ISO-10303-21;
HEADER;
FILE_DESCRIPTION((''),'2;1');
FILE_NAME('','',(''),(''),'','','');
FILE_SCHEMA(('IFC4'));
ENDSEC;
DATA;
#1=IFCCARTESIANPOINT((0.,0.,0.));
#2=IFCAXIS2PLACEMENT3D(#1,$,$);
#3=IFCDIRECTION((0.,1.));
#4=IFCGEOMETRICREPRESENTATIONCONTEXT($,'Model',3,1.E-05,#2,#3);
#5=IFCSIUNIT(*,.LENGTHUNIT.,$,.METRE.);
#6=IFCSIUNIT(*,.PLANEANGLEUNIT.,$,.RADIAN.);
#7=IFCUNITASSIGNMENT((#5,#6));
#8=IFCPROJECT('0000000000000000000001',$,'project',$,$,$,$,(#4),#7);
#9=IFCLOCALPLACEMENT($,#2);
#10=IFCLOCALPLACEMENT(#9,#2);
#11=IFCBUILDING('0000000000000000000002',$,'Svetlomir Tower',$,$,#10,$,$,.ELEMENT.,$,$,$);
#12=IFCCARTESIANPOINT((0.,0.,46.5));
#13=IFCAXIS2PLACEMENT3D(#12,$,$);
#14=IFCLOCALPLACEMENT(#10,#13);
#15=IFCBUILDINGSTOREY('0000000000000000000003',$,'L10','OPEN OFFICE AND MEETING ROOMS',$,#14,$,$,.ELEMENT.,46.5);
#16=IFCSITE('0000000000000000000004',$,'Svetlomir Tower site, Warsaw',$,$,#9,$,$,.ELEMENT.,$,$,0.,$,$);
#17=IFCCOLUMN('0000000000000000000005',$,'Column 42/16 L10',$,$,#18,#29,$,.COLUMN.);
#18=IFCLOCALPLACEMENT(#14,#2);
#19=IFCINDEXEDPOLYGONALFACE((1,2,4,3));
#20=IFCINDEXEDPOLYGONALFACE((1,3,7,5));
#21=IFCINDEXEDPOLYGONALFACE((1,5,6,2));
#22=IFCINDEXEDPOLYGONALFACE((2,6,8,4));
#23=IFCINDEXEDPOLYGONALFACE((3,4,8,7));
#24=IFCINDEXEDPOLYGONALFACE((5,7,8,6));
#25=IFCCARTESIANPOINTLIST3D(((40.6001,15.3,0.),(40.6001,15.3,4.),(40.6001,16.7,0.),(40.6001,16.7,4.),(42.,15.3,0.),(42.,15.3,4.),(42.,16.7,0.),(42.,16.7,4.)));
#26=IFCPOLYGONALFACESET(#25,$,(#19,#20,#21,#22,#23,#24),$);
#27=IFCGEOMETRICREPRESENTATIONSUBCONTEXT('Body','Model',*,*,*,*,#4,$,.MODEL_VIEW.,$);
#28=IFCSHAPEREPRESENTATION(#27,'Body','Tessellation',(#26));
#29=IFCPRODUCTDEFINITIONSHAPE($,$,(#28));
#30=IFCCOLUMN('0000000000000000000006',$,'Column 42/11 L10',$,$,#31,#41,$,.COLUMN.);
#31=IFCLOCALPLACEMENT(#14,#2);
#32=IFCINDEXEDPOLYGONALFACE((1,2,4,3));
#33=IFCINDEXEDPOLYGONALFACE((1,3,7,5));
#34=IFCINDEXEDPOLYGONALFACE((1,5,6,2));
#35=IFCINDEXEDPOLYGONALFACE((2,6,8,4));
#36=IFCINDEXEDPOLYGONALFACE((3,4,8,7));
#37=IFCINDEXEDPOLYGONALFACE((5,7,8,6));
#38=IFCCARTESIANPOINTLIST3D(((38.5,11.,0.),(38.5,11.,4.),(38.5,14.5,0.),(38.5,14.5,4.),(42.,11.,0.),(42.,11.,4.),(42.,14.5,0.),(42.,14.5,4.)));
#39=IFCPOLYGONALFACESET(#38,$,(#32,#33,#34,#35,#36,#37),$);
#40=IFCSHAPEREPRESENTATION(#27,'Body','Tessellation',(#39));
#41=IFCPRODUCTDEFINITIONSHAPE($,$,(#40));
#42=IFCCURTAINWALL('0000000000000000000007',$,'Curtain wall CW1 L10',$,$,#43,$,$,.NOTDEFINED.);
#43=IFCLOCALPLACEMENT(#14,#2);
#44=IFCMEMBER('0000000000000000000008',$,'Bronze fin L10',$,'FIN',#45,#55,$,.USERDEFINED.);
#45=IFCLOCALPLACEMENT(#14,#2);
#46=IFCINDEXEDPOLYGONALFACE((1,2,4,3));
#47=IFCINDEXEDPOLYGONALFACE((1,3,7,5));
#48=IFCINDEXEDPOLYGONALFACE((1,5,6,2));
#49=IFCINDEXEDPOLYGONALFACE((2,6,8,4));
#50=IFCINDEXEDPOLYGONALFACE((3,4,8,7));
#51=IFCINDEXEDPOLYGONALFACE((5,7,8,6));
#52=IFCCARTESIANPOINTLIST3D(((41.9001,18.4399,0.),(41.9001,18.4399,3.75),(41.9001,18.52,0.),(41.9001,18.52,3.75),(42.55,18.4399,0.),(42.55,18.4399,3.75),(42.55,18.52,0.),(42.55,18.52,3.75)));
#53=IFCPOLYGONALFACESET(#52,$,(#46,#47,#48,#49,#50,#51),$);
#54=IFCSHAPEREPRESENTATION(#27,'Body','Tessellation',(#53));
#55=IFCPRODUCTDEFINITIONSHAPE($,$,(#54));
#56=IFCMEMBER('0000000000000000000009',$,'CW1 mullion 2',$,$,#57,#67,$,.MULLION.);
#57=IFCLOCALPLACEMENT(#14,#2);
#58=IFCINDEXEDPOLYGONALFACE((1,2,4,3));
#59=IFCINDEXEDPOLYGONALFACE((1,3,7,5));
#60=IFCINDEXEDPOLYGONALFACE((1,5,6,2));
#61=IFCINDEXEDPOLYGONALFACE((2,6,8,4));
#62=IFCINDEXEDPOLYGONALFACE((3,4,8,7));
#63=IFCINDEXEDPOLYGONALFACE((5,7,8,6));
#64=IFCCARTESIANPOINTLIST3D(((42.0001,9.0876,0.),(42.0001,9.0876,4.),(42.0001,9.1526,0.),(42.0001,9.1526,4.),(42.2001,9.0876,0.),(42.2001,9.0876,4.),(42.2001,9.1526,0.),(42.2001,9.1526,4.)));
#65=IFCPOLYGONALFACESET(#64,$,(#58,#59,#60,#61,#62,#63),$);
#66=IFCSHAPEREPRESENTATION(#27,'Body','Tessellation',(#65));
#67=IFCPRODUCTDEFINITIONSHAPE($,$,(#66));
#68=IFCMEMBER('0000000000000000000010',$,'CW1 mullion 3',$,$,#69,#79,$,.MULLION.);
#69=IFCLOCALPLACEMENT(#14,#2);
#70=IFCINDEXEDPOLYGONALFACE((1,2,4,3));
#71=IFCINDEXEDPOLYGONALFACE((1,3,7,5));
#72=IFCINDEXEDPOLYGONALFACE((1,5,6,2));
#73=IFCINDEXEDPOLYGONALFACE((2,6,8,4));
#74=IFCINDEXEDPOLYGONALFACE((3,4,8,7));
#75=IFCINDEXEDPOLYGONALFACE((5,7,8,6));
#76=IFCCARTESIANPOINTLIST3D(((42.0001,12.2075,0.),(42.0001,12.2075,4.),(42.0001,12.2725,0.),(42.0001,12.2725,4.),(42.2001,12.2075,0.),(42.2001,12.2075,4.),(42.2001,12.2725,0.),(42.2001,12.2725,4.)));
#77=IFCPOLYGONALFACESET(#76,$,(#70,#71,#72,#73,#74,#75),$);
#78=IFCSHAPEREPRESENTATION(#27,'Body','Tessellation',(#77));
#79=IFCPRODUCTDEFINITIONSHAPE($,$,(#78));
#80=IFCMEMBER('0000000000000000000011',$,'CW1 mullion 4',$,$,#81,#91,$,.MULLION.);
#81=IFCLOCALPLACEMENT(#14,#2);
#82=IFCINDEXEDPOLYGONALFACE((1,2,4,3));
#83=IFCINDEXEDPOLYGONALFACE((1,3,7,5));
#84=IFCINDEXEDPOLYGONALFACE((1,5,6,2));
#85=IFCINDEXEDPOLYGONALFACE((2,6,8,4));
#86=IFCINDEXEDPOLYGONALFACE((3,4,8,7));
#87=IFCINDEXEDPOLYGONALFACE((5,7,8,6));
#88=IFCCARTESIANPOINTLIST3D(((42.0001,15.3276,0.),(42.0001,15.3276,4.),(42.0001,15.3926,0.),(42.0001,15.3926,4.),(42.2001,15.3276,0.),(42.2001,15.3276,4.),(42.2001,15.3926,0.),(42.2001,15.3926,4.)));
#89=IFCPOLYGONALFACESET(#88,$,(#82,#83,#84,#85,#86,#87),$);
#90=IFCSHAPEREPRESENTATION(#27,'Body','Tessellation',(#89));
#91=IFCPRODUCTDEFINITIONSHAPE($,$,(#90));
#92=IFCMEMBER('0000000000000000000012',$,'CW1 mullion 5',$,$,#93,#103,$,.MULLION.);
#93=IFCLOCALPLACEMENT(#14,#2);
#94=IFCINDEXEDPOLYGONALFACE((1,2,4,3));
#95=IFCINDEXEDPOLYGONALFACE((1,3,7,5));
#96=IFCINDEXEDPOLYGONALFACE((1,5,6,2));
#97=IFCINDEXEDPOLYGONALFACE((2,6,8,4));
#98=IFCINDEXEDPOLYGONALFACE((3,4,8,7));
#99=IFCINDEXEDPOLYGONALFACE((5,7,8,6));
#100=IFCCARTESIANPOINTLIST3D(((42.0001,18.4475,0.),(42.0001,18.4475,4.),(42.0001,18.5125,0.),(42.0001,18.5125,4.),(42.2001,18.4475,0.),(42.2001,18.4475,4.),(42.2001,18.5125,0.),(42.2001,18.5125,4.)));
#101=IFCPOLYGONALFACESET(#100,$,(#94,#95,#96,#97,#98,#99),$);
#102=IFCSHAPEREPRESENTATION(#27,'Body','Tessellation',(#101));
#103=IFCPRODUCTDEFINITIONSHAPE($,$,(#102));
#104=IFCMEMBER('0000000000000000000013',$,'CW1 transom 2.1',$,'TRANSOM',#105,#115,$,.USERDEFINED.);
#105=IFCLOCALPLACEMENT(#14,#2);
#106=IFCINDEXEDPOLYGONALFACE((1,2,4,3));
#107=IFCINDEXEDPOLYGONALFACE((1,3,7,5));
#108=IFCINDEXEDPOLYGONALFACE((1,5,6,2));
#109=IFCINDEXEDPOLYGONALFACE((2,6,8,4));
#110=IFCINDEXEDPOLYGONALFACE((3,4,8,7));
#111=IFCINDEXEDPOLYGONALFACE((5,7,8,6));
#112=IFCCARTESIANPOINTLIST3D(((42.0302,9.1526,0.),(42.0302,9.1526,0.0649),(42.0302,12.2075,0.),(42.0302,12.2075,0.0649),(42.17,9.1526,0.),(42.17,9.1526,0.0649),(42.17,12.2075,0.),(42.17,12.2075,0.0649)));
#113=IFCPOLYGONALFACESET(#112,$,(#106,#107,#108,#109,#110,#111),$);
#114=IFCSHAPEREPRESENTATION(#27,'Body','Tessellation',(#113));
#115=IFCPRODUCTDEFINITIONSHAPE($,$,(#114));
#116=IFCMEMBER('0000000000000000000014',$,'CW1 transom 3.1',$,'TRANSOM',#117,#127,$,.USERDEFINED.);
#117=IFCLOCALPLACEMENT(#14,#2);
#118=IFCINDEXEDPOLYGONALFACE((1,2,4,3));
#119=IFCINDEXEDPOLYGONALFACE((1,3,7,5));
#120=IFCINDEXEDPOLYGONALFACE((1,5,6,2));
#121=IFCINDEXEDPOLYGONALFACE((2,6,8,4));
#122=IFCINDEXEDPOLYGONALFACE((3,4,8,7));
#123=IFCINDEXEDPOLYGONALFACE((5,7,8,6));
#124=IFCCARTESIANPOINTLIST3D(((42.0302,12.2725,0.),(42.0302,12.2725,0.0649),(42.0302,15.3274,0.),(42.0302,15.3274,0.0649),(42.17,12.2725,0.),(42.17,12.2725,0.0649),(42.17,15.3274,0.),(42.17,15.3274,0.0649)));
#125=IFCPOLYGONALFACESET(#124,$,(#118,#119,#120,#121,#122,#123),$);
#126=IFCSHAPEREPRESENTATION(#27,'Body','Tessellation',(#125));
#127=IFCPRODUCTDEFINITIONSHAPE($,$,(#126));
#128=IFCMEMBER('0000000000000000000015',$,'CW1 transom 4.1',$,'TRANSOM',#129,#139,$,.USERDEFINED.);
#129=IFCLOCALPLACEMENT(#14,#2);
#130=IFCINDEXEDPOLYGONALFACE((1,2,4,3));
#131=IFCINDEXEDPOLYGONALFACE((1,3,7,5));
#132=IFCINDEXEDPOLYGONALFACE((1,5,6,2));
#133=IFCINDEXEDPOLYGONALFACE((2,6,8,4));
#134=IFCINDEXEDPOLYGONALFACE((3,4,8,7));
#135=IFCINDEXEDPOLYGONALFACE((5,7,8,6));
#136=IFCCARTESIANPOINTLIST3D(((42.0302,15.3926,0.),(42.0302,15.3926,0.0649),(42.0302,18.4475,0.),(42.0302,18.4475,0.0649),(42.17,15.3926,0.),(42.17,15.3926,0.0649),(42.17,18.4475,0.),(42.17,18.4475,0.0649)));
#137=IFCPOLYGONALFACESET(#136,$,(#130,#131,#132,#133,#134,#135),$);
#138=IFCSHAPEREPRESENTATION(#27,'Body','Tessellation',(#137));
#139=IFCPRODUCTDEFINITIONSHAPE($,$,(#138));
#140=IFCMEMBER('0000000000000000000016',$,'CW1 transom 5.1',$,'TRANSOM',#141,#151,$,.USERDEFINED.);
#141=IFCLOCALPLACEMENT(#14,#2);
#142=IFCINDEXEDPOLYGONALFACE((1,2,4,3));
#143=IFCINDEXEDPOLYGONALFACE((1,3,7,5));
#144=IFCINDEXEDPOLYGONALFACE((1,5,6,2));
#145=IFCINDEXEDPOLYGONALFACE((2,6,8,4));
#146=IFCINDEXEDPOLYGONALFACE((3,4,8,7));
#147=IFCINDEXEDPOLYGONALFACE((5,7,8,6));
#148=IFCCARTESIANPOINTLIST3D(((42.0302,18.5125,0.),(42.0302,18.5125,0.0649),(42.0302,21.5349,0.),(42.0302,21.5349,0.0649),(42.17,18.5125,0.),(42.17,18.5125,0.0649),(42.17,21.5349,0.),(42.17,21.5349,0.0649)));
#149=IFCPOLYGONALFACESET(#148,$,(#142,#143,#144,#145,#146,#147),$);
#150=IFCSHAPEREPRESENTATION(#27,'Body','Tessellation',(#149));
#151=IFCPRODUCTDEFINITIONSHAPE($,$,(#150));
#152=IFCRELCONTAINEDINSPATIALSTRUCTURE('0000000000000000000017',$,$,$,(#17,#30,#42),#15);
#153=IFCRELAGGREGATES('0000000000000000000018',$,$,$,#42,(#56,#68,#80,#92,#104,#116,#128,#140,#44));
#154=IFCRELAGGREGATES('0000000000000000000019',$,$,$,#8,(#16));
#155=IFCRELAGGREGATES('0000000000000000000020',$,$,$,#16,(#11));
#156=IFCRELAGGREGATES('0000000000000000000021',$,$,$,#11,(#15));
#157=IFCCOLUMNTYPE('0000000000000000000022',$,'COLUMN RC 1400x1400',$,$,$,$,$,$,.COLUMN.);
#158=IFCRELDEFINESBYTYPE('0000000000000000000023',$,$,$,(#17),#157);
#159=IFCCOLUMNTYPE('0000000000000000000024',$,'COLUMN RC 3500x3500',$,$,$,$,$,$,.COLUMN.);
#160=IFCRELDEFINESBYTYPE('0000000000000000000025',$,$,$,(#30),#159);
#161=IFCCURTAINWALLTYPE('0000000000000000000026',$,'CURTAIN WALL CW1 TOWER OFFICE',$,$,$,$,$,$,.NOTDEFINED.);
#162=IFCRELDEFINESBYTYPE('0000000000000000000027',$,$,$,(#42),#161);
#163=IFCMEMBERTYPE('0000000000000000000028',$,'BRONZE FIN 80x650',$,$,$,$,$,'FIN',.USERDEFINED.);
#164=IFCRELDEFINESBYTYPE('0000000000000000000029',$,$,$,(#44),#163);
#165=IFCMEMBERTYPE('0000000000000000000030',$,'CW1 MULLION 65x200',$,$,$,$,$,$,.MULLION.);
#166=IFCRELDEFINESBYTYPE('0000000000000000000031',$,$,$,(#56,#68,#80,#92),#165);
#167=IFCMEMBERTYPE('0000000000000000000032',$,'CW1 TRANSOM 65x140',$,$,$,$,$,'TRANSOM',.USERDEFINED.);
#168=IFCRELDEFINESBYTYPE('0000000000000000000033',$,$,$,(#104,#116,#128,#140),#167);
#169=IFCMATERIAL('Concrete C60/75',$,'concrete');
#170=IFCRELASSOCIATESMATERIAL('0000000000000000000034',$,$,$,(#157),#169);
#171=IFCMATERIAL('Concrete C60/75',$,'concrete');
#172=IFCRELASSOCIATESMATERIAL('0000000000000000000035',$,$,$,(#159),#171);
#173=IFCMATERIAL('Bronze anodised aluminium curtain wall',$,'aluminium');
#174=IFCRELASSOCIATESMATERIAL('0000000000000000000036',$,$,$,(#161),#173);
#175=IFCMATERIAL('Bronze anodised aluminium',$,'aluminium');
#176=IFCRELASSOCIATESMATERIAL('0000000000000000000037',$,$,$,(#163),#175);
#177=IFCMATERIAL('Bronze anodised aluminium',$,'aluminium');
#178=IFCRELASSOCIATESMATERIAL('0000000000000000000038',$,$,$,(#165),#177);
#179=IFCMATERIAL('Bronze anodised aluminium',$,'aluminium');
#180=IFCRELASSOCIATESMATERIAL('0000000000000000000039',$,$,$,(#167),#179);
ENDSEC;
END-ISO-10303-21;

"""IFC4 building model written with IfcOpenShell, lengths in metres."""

from ifc_helpers import new_model, si_unit, direction, frame, origin, origin_2d, place, context, subcontext, project, spatial, rectangle, extrude, material, material_profile, profile_set, type_object, element, aggregate, save


model = new_model("IFC4")

# Units and contexts
model_context = context("Model", 3, precision=1e-05, world=origin(), true_north=direction((0.0, 1.0)))
body_context = subcontext(model_context, "Body", "Model", "MODEL_VIEW")
ifc_project = project(units=[si_unit("LENGTHUNIT", "METRE"), si_unit("PLANEANGLEUNIT", "RADIAN")], contexts=[model_context])

# Site, building, storey
site_placement = place(None, origin())
site = spatial("IfcSite", under=ifc_project, at=site_placement, Name="Svetlomir Tower site, Warsaw", CompositionType="ELEMENT", RefElevation=0.0)
building_placement = place(site_placement, origin())
building = spatial("IfcBuilding", under=site, at=building_placement, Name="Svetlomir Tower", CompositionType="ELEMENT")
storey_placement = place(building_placement, frame((0.0, 0.0, 46.5)))
storey = spatial("IfcBuildingStorey", under=building, at=storey_placement, Name="L10", Description="OPEN OFFICE AND MEETING ROOMS", CompositionType="ELEMENT", Elevation=46.5)

# Columns
ifc_material_1 = material(Name="Concrete C60/75", Category="concrete")
ifc_material_profile_1 = material_profile(ifc_material_1, rectangle(XDim=1.3999, YDim=1.3999, at=origin_2d()), Name="RC 1400x1400")
ifc_profile_set_1 = profile_set([ifc_material_profile_1], Name="Concrete C60/75")
column_type_1 = type_object("IfcColumnType", Name="COLUMN RC 1400x1400", PredefinedType="COLUMN", material=ifc_profile_set_1)
column_1_placement = place(storey_placement, frame((41.3, 16.0, 0.0), z_axis=(0.0, 0.0, 1.0), x_axis=(1.0, 0.0, 0.0)))
element("IfcColumn", 1, at=column_1_placement, inside=storey, type_object=column_type_1, Name="Column 42/16 L10", PredefinedType="COLUMN", context=body_context, shape_type="SweptSolid", body=[
    extrude(rectangle(XDim=1.3999, YDim=1.3999, at=origin_2d()), origin(), (0.0, 0.0, 1.0), 4.0),
])
ifc_material_2 = material(Name="Concrete C60/75", Category="concrete")
ifc_material_profile_2 = material_profile(ifc_material_2, rectangle(XDim=3.5, YDim=3.5, at=origin_2d()), Name="RC 3500x3500")
ifc_profile_set_2 = profile_set([ifc_material_profile_2], Name="Concrete C60/75")
column_type_2 = type_object("IfcColumnType", Name="COLUMN RC 3500x3500", PredefinedType="COLUMN", material=ifc_profile_set_2)
column_2_placement = place(storey_placement, frame((40.25, 12.75, 0.0), z_axis=(0.0, 0.0, 1.0), x_axis=(1.0, 0.0, 0.0)))
element("IfcColumn", 2, at=column_2_placement, inside=storey, type_object=column_type_2, Name="Column 42/11 L10", PredefinedType="COLUMN", context=body_context, shape_type="SweptSolid", body=[
    extrude(rectangle(XDim=3.5, YDim=3.5, at=origin_2d()), origin(), (0.0, 0.0, 1.0), 4.0),
])

# Curtain wall, members
ifc_material_3 = material(Name="Bronze anodised aluminium curtain wall", Category="aluminium")
curtain_wall_type = type_object("IfcCurtainWallType", Name="CURTAIN WALL CW1 TOWER OFFICE", PredefinedType="NOTDEFINED", material=ifc_material_3)
curtain_wall_placement = place(storey_placement, origin())
curtain_wall = element("IfcCurtainWall", 3, at=curtain_wall_placement, inside=storey, type_object=curtain_wall_type, Name="Curtain wall CW1 L10", PredefinedType="NOTDEFINED")
ifc_material_4 = material(Name="Bronze anodised aluminium", Category="aluminium")
ifc_material_profile_3 = material_profile(ifc_material_4, rectangle(XDim=0.0801, YDim=0.6499, at=origin_2d()), Name="FIN 80x650")
ifc_profile_set_3 = profile_set([ifc_material_profile_3], Name="Bronze anodised aluminium 6063-T6")
member_type_1 = type_object("IfcMemberType", Name="BRONZE FIN 80x650", ElementType="FIN", PredefinedType="USERDEFINED", material=ifc_profile_set_3)
member_1_placement = place(storey_placement, frame((42.2251, 18.48, 0.0), z_axis=(0.0, 0.0, 1.0), x_axis=(0.0, 1.0, 0.0)))
member_1 = element("IfcMember", 4, at=member_1_placement, type_object=member_type_1, Name="Bronze fin L10", ObjectType="FIN", PredefinedType="USERDEFINED", context=body_context, shape_type="SweptSolid", body=[
    extrude(rectangle(XDim=0.0801, YDim=0.6499, at=origin_2d()), origin(), (0.0, 0.0, 1.0), 3.75),
])
ifc_material_5 = material(Name="Bronze anodised aluminium", Category="aluminium")
ifc_material_profile_4 = material_profile(ifc_material_5, rectangle(XDim=0.0649, YDim=0.2, at=origin_2d()), Name="AL 65x200")
ifc_profile_set_4 = profile_set([ifc_material_profile_4], Name="Bronze anodised aluminium 6063-T6")
member_type_2 = type_object("IfcMemberType", Name="CW1 MULLION 65x200", PredefinedType="MULLION", material=ifc_profile_set_4)
member_2_placement = place(storey_placement, frame((42.1001, 9.1201, 0.0), z_axis=(0.0, 0.0, 1.0), x_axis=(0.0, 1.0, 0.0)))
member_2 = element("IfcMember", 5, at=member_2_placement, type_object=member_type_2, Name="CW1 mullion 2", PredefinedType="MULLION", context=body_context, shape_type="SweptSolid", body=[
    extrude(rectangle(XDim=0.0649, YDim=0.2, at=origin_2d()), origin(), (0.0, 0.0, 1.0), 4.0),
])
member_3_placement = place(storey_placement, frame((42.1001, 12.24, 0.0), z_axis=(0.0, 0.0, 1.0), x_axis=(0.0, 1.0, 0.0)))
member_3 = element("IfcMember", 6, at=member_3_placement, type_object=member_type_2, Name="CW1 mullion 3", PredefinedType="MULLION", context=body_context, shape_type="SweptSolid", body=[
    extrude(rectangle(XDim=0.0649, YDim=0.2, at=origin_2d()), origin(), (0.0, 0.0, 1.0), 4.0),
])
member_4_placement = place(storey_placement, frame((42.1001, 15.3601, 0.0), z_axis=(0.0, 0.0, 1.0), x_axis=(0.0, 1.0, 0.0)))
member_4 = element("IfcMember", 7, at=member_4_placement, type_object=member_type_2, Name="CW1 mullion 4", PredefinedType="MULLION", context=body_context, shape_type="SweptSolid", body=[
    extrude(rectangle(XDim=0.0649, YDim=0.2, at=origin_2d()), origin(), (0.0, 0.0, 1.0), 4.0),
])
member_5_placement = place(storey_placement, frame((42.1001, 18.48, 0.0), z_axis=(0.0, 0.0, 1.0), x_axis=(0.0, 1.0, 0.0)))
member_5 = element("IfcMember", 8, at=member_5_placement, type_object=member_type_2, Name="CW1 mullion 5", PredefinedType="MULLION", context=body_context, shape_type="SweptSolid", body=[
    extrude(rectangle(XDim=0.0649, YDim=0.2, at=origin_2d()), origin(), (0.0, 0.0, 1.0), 4.0),
])
ifc_material_6 = material(Name="Bronze anodised aluminium", Category="aluminium")
ifc_material_profile_5 = material_profile(ifc_material_6, rectangle(XDim=0.1399, YDim=0.0649, at=origin_2d()), Name="AL 140x65")
ifc_profile_set_5 = profile_set([ifc_material_profile_5], Name="Bronze anodised aluminium 6063-T6")
member_type_3 = type_object("IfcMemberType", Name="CW1 TRANSOM 65x140", ElementType="TRANSOM", PredefinedType="USERDEFINED", material=ifc_profile_set_5)
member_6_placement = place(storey_placement, frame((42.1001, 9.1526, 0.0325), z_axis=(0.0, 1.0, 0.0), x_axis=(-1.0, 0.0, 0.0)))
member_6 = element("IfcMember", 9, at=member_6_placement, type_object=member_type_3, Name="CW1 transom 2.1", ObjectType="TRANSOM", PredefinedType="USERDEFINED", context=body_context, shape_type="SweptSolid", body=[
    extrude(rectangle(XDim=0.1399, YDim=0.0649, at=origin_2d()), origin(), (0.0, 0.0, 1.0), 3.0549),
])
member_7_placement = place(storey_placement, frame((42.1001, 12.2725, 0.0325), z_axis=(0.0, 1.0, 0.0), x_axis=(-1.0, 0.0, 0.0)))
member_7 = element("IfcMember", 10, at=member_7_placement, type_object=member_type_3, Name="CW1 transom 3.1", ObjectType="TRANSOM", PredefinedType="USERDEFINED", context=body_context, shape_type="SweptSolid", body=[
    extrude(rectangle(XDim=0.1399, YDim=0.0649, at=origin_2d()), origin(), (0.0, 0.0, 1.0), 3.0549),
])
member_8_placement = place(storey_placement, frame((42.1001, 15.3926, 0.0325), z_axis=(0.0, 1.0, 0.0), x_axis=(-1.0, 0.0, 0.0)))
member_8 = element("IfcMember", 11, at=member_8_placement, type_object=member_type_3, Name="CW1 transom 4.1", ObjectType="TRANSOM", PredefinedType="USERDEFINED", context=body_context, shape_type="SweptSolid", body=[
    extrude(rectangle(XDim=0.1399, YDim=0.0649, at=origin_2d()), origin(), (0.0, 0.0, 1.0), 3.0549),
])
member_9_placement = place(storey_placement, frame((42.1001, 18.5125, 0.0325), z_axis=(0.0, 1.0, 0.0), x_axis=(-1.0, 0.0, 0.0)))
member_9 = element("IfcMember", 12, at=member_9_placement, type_object=member_type_3, Name="CW1 transom 5.1", ObjectType="TRANSOM", PredefinedType="USERDEFINED", context=body_context, shape_type="SweptSolid", body=[
    extrude(rectangle(XDim=0.1399, YDim=0.0649, at=origin_2d()), origin(), (0.0, 0.0, 1.0), 3.0225),
])

aggregate(curtain_wall, [member_2, member_3, member_4, member_5, member_6, member_7, member_8, member_9, member_1])

save(model, "model.ifc")
